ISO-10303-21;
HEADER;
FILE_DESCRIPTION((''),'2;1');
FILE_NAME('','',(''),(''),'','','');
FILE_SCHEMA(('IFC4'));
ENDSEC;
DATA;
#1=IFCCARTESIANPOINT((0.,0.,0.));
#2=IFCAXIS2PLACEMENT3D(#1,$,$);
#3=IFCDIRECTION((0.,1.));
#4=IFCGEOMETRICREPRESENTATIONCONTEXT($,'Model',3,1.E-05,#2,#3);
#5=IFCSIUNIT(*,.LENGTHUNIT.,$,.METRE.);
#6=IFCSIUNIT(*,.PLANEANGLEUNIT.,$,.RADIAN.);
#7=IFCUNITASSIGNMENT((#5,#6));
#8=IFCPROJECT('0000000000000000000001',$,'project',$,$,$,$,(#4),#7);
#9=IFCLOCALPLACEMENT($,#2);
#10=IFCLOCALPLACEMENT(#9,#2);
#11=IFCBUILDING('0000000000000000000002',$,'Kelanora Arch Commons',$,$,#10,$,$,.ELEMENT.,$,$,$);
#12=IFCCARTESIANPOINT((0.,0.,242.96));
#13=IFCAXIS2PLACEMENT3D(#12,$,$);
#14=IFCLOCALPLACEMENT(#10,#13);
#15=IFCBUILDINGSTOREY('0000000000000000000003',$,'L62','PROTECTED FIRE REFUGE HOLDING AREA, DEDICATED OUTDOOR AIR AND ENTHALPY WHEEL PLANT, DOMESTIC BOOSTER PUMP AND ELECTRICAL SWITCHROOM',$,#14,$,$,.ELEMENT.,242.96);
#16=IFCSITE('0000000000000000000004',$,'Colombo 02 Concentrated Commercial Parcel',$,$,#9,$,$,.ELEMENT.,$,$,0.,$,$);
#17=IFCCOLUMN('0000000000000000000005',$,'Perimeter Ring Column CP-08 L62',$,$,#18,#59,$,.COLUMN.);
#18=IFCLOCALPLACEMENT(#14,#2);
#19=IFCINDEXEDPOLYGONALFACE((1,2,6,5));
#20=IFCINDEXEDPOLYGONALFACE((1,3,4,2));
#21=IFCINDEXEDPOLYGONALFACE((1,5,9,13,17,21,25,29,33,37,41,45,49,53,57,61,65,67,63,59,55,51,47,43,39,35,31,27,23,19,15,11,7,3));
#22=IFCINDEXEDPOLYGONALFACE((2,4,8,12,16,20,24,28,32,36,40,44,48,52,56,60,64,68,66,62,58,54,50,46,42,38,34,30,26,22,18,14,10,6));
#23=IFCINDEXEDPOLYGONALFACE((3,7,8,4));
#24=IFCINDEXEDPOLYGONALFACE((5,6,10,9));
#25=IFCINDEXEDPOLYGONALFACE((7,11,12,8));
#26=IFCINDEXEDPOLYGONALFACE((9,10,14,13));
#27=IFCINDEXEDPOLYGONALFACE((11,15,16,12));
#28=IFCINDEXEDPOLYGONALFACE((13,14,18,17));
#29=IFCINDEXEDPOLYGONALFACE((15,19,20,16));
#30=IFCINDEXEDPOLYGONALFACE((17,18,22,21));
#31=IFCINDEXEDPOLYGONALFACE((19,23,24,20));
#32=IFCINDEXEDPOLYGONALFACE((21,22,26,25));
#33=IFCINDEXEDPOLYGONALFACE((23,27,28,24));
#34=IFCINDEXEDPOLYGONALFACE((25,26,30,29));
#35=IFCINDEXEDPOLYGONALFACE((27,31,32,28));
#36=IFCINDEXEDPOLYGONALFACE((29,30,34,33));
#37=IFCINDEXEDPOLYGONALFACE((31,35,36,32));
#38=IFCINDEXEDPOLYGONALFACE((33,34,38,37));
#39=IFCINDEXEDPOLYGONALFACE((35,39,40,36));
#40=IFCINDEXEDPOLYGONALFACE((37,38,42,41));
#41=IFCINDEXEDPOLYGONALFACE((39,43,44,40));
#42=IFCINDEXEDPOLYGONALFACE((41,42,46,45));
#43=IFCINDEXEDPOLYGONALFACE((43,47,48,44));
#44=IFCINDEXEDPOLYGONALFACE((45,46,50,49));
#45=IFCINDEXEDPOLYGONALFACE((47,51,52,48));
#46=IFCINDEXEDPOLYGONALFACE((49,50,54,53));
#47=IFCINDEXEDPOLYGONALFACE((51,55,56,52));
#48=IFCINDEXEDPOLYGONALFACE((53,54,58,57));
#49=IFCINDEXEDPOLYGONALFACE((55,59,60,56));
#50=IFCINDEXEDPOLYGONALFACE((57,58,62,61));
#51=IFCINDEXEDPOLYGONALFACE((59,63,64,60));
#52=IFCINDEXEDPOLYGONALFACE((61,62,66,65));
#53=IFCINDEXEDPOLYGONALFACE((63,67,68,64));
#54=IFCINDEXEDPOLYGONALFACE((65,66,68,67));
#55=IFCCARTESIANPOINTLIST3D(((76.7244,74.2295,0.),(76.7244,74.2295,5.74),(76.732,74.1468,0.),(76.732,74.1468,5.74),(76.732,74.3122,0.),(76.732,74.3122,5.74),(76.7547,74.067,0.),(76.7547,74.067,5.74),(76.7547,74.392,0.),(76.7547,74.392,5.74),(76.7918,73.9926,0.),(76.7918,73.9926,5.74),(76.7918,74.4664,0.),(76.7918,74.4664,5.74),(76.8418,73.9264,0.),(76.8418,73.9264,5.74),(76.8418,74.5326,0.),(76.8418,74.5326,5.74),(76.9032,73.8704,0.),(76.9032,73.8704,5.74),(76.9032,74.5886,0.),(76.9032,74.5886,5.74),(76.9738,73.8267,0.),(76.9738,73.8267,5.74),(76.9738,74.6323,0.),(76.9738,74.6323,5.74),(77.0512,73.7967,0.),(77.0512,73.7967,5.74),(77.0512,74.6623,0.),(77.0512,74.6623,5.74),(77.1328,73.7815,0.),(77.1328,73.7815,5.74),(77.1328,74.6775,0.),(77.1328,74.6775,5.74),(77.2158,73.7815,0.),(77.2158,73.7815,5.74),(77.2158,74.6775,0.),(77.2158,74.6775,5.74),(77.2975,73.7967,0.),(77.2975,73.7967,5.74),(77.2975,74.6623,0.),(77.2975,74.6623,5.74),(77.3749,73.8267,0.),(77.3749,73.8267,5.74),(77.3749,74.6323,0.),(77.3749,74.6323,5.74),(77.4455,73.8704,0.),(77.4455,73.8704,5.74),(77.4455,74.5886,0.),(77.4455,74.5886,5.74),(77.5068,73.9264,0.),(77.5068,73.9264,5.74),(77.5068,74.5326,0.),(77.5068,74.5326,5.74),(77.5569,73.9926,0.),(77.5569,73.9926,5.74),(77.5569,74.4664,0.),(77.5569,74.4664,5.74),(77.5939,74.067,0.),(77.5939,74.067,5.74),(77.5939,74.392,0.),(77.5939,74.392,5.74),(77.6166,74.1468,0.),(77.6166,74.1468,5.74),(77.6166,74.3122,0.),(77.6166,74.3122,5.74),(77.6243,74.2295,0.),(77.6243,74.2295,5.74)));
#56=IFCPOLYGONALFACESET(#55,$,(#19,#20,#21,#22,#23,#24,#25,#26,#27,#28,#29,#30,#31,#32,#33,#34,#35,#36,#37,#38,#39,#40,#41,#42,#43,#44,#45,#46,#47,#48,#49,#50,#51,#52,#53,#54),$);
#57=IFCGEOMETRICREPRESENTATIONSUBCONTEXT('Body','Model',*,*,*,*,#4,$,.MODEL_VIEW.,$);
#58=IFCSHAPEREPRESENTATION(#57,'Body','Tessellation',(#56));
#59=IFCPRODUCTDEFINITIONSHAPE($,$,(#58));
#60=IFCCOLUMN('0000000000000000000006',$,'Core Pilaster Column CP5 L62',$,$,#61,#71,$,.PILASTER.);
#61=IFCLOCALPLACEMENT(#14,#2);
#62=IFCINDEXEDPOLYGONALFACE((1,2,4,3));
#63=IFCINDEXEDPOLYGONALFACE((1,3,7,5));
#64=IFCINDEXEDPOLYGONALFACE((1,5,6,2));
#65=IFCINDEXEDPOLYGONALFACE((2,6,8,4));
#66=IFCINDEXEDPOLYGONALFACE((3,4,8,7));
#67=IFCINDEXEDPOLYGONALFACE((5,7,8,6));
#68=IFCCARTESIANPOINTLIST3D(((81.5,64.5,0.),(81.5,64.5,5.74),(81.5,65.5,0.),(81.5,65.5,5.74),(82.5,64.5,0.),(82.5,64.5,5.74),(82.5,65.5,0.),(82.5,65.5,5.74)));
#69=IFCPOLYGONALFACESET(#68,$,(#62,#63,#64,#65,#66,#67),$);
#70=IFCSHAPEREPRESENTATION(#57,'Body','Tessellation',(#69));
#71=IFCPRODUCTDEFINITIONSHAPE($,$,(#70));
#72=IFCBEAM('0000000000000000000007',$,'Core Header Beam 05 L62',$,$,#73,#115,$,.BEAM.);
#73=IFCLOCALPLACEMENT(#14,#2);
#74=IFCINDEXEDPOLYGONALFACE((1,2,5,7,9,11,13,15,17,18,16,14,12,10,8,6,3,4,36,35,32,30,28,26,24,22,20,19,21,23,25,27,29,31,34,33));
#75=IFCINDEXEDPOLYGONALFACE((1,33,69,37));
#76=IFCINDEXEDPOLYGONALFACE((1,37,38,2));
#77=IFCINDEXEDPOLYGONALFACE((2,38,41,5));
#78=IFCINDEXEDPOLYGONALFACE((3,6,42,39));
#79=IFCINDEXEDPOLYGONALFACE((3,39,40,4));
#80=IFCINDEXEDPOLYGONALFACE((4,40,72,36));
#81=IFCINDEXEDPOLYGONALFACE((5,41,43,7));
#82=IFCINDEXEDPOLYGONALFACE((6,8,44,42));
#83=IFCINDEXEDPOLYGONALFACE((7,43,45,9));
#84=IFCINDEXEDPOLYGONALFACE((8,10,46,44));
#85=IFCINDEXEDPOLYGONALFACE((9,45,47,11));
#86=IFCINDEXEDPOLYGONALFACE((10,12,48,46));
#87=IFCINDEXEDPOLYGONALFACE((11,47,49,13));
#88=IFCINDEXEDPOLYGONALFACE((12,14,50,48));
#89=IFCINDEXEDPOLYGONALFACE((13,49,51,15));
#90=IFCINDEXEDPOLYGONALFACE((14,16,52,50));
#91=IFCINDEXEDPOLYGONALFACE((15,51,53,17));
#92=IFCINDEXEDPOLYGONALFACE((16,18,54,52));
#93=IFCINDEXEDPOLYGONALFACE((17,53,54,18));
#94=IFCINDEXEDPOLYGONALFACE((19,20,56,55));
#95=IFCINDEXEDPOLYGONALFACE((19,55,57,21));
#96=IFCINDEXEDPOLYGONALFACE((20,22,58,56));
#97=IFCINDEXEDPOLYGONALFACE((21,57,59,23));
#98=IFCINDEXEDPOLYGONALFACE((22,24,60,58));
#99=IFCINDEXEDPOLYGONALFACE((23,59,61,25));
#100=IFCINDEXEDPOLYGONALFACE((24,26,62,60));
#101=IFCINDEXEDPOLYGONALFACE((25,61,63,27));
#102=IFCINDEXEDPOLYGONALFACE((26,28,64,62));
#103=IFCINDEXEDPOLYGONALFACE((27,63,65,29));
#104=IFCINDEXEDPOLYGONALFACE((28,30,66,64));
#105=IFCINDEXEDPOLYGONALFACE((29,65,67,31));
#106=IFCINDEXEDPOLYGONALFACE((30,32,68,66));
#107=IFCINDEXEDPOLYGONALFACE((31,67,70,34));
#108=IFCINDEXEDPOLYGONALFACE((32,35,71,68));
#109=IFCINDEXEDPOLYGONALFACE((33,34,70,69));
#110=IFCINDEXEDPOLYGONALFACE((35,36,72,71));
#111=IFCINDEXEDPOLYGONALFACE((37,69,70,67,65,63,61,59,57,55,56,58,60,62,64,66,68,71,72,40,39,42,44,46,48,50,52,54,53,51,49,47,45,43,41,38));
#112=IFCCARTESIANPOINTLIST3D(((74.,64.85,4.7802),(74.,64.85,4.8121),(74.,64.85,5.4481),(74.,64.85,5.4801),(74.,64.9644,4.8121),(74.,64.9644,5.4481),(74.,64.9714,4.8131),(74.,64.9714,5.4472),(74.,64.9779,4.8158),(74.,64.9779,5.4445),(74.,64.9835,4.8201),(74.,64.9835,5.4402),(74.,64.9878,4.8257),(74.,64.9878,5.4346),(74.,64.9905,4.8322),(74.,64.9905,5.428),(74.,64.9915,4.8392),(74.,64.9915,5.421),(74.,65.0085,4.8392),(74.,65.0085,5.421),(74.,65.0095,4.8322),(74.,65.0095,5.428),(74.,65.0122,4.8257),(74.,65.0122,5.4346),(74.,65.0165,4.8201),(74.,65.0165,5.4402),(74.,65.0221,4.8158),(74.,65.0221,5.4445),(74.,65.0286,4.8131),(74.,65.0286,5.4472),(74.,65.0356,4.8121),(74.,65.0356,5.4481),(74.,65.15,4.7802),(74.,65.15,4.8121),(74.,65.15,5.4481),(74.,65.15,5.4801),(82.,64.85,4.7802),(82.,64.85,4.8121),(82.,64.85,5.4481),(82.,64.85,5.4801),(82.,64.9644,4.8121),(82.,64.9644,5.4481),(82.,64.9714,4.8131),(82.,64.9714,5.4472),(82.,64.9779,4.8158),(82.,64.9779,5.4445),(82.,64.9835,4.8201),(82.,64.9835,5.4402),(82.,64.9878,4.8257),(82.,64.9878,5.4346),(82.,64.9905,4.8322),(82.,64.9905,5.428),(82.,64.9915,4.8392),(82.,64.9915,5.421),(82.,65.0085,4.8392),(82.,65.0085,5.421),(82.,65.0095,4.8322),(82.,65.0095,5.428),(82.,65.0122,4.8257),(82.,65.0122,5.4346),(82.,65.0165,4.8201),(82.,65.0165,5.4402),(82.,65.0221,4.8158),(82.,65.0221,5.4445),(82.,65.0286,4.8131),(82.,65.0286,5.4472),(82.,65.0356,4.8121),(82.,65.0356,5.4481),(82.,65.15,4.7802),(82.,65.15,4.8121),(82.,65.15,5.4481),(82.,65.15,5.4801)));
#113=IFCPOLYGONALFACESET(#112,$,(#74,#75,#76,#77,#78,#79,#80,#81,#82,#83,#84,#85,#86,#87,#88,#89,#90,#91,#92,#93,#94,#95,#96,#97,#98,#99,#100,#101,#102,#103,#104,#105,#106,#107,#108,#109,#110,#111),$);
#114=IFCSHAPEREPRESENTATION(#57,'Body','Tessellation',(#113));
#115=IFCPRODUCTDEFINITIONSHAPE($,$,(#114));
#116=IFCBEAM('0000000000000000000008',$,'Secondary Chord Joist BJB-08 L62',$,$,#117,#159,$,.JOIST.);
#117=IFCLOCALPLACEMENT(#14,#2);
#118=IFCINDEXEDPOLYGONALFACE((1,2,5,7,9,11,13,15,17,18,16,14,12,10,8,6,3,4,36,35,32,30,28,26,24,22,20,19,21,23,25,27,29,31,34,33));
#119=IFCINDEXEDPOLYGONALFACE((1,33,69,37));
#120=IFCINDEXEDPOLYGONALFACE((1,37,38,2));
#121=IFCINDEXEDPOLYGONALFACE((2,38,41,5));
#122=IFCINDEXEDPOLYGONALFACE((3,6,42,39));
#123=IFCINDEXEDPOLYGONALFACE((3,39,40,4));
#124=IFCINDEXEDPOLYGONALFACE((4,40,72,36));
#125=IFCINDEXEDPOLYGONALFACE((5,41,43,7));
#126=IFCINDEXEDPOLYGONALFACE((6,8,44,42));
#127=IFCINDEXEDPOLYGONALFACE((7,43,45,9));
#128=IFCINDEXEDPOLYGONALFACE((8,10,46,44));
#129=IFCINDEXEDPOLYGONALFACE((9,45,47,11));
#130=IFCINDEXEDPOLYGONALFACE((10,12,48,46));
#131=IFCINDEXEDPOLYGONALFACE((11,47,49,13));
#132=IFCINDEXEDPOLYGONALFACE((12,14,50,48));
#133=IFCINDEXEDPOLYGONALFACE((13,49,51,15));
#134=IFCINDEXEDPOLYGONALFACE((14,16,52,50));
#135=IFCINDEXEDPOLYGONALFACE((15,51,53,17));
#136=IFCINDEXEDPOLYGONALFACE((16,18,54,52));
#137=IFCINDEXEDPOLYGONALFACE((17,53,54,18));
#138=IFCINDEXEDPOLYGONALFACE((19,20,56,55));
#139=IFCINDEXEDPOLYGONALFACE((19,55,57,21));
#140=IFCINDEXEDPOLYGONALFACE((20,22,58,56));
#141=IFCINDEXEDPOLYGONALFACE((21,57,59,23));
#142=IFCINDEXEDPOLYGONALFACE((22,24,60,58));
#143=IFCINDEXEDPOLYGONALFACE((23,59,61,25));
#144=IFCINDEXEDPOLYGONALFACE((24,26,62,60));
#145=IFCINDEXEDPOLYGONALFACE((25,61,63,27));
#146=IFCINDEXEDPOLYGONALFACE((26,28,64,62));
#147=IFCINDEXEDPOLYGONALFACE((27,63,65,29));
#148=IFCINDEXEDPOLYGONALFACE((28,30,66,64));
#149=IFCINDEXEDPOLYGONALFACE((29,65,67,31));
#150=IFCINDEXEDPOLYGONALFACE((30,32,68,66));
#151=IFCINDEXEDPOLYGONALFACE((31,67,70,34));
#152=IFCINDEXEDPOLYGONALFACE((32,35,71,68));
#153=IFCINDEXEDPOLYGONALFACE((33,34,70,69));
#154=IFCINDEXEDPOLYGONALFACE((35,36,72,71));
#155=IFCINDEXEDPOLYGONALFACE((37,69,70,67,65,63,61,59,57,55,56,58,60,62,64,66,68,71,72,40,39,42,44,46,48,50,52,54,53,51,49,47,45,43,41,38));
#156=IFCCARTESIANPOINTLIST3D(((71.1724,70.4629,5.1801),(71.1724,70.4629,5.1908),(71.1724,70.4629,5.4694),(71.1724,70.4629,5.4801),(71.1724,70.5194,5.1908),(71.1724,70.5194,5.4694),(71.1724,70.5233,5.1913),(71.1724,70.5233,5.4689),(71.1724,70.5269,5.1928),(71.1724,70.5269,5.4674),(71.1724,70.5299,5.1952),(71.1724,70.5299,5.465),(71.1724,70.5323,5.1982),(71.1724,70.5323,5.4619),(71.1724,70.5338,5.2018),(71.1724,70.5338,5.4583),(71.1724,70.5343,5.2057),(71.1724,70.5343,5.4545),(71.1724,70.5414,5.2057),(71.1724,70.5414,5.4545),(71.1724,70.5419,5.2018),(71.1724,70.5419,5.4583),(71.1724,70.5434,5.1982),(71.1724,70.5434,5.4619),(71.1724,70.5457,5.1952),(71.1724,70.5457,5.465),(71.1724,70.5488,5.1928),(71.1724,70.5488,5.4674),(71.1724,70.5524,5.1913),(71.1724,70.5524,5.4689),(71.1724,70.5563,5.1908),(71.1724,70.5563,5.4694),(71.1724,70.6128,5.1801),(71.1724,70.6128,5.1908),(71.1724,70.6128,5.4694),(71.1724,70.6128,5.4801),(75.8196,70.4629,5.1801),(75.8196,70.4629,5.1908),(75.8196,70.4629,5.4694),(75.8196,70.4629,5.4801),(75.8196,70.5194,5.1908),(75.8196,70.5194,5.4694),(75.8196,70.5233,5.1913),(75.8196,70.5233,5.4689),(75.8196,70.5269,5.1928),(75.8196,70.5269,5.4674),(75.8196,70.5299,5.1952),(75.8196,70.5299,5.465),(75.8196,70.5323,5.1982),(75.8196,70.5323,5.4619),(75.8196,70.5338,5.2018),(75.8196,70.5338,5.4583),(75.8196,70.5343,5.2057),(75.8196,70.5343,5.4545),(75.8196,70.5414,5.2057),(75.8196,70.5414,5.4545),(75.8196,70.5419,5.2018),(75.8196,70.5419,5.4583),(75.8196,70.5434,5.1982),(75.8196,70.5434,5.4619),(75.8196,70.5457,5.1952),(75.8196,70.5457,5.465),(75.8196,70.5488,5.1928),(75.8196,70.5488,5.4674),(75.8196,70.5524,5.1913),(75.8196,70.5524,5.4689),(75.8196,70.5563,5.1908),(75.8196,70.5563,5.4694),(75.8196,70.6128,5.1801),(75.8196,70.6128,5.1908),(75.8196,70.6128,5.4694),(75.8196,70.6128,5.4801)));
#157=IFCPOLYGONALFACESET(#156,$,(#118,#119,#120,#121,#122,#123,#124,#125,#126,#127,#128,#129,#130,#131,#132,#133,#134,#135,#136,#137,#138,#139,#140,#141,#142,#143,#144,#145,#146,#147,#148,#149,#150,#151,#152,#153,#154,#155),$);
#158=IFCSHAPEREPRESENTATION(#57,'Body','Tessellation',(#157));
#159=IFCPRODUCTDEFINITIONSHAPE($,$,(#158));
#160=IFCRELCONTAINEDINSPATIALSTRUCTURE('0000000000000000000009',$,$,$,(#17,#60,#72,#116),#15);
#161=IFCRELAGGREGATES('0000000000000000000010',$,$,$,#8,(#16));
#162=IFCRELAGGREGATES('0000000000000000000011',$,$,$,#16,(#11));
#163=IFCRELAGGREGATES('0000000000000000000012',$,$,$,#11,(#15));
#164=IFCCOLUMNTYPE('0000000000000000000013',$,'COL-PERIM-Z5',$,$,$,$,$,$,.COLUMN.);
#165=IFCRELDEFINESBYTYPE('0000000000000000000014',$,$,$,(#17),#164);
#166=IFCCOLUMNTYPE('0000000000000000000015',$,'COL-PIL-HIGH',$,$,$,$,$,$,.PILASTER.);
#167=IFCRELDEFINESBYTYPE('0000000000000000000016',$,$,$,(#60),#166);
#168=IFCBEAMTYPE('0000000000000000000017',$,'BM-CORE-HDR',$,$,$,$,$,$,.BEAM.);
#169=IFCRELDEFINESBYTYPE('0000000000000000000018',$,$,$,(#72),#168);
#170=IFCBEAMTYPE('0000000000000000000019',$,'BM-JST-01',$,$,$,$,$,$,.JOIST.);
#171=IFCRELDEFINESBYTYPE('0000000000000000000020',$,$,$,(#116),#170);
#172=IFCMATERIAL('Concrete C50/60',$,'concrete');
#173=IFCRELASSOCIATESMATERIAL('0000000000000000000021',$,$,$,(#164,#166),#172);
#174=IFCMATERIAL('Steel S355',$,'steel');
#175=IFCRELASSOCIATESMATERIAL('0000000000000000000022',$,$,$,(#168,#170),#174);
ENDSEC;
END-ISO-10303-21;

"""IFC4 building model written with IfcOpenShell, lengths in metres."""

from ifc_helpers import new_model, si_unit, direction, frame, origin, origin_2d, place, context, subcontext, project, spatial, rectangle, circle, i_section, extrude, material, material_profile, profile_set, type_object, element, save


model = new_model("IFC4")

# Units and contexts
model_context = context("Model", 3, precision=1e-05, world=origin(), true_north=direction((0.0, 1.0)))
body_context = subcontext(model_context, "Body", "Model", "MODEL_VIEW")
ifc_project = project(units=[si_unit("LENGTHUNIT", "METRE"), si_unit("PLANEANGLEUNIT", "RADIAN")], contexts=[model_context])

# Site, building, storey
site_placement = place(None, origin())
site = spatial("IfcSite", under=ifc_project, at=site_placement, Name="Colombo 02 Concentrated Commercial Parcel", CompositionType="ELEMENT", RefElevation=0.0)
building_placement = place(site_placement, origin())
building = spatial("IfcBuilding", under=site, at=building_placement, Name="Kelanora Arch Commons", CompositionType="ELEMENT")
storey_placement = place(building_placement, frame((0.0, 0.0, 242.96)))
storey = spatial("IfcBuildingStorey", under=building, at=storey_placement, Name="L62", Description="PROTECTED FIRE REFUGE HOLDING AREA, DEDICATED OUTDOOR AIR AND ENTHALPY WHEEL PLANT, DOMESTIC BOOSTER PUMP AND ELECTRICAL SWITCHROOM", CompositionType="ELEMENT", Elevation=242.96)

# Columns
ifc_material_1 = material(Name="Concrete C50/60", Category="concrete")
ifc_material_profile_1 = material_profile(ifc_material_1, circle(Radius=0.45, at=origin_2d()), Name="RCC900")
ifc_profile_set_1 = profile_set([ifc_material_profile_1], Name="Concrete C50/60")
column_type_1 = type_object("IfcColumnType", Name="COL-PERIM-Z5", PredefinedType="COLUMN", material=ifc_profile_set_1)
column_1_placement = place(storey_placement, frame((77.1743, 74.2295, 0.0), z_axis=(0.0, 0.0, 1.0), x_axis=(1.0, 0.0, 0.0)))
element("IfcColumn", 1, at=column_1_placement, inside=storey, type_object=column_type_1, Name="Perimeter Ring Column CP-08 L62", PredefinedType="COLUMN", context=body_context, shape_type="SweptSolid", body=[
    extrude(circle(Radius=0.45, at=origin_2d()), origin(), (0.0, 0.0, 1.0), 5.74),
])
ifc_material_profile_2 = material_profile(ifc_material_1, rectangle(XDim=1.0, YDim=1.0, at=origin_2d()), Name="RC1000x1000")
ifc_profile_set_2 = profile_set([ifc_material_profile_2], Name="Concrete C50/60")
column_type_2 = type_object("IfcColumnType", Name="COL-PIL-HIGH", PredefinedType="PILASTER", material=ifc_profile_set_2)
column_2_placement = place(storey_placement, frame((82.0, 65.0, 0.0), z_axis=(0.0, 0.0, 1.0), x_axis=(1.0, 0.0, 0.0)))
element("IfcColumn", 2, at=column_2_placement, inside=storey, type_object=column_type_2, Name="Core Pilaster Column CP5 L62", PredefinedType="PILASTER", context=body_context, shape_type="SweptSolid", body=[
    extrude(rectangle(XDim=1.0, YDim=1.0, at=origin_2d()), origin(), (0.0, 0.0, 1.0), 5.74),
])

# Beams
ifc_material_2 = material(Name="Steel S355", Category="steel")
ifc_material_profile_3 = material_profile(ifc_material_2, i_section(OverallWidth=0.3, OverallDepth=0.7, WebThickness=0.0171, FlangeThickness=0.032, FilletRadius=0.0271, at=origin_2d()), Name="HEB700")
ifc_profile_set_3 = profile_set([ifc_material_profile_3], Name="Steel S355")
beam_type_1 = type_object("IfcBeamType", Name="BM-CORE-HDR", PredefinedType="BEAM", material=ifc_profile_set_3)
beam_1_placement = place(storey_placement, frame((82.0, 65.0, 5.1301), z_axis=(-1.0, 0.0, 0.0), x_axis=(0.0, -1.0, 0.0)))
element("IfcBeam", 3, at=beam_1_placement, inside=storey, type_object=beam_type_1, Name="Core Header Beam 05 L62", PredefinedType="BEAM", context=body_context, shape_type="SweptSolid", body=[
    extrude(i_section(OverallWidth=0.3, OverallDepth=0.7, WebThickness=0.0171, FlangeThickness=0.032, FilletRadius=0.0271, at=origin_2d()), origin(), (0.0, 0.0, 1.0), 8.0),
])
ifc_material_profile_4 = material_profile(ifc_material_2, i_section(OverallWidth=0.1499, OverallDepth=0.3, WebThickness=0.0071, FlangeThickness=0.0107, FilletRadius=0.0149, at=origin_2d()), Name="IPE300")
ifc_profile_set_4 = profile_set([ifc_material_profile_4], Name="Steel S355")
beam_type_2 = type_object("IfcBeamType", Name="BM-JST-01", PredefinedType="JOIST", material=ifc_profile_set_4)
beam_2_placement = place(storey_placement, frame((75.8196, 70.5378, 5.3301), z_axis=(-1.0, 0.0, 0.0), x_axis=(0.0, -1.0, 0.0)))
element("IfcBeam", 4, at=beam_2_placement, inside=storey, type_object=beam_type_2, Name="Secondary Chord Joist BJB-08 L62", PredefinedType="JOIST", context=body_context, shape_type="SweptSolid", body=[
    extrude(i_section(OverallWidth=0.1499, OverallDepth=0.3, WebThickness=0.0071, FlangeThickness=0.0107, FilletRadius=0.0149, at=origin_2d()), origin(), (0.0, 0.0, 1.0), 4.6472),
])

save(model, "model.ifc")
